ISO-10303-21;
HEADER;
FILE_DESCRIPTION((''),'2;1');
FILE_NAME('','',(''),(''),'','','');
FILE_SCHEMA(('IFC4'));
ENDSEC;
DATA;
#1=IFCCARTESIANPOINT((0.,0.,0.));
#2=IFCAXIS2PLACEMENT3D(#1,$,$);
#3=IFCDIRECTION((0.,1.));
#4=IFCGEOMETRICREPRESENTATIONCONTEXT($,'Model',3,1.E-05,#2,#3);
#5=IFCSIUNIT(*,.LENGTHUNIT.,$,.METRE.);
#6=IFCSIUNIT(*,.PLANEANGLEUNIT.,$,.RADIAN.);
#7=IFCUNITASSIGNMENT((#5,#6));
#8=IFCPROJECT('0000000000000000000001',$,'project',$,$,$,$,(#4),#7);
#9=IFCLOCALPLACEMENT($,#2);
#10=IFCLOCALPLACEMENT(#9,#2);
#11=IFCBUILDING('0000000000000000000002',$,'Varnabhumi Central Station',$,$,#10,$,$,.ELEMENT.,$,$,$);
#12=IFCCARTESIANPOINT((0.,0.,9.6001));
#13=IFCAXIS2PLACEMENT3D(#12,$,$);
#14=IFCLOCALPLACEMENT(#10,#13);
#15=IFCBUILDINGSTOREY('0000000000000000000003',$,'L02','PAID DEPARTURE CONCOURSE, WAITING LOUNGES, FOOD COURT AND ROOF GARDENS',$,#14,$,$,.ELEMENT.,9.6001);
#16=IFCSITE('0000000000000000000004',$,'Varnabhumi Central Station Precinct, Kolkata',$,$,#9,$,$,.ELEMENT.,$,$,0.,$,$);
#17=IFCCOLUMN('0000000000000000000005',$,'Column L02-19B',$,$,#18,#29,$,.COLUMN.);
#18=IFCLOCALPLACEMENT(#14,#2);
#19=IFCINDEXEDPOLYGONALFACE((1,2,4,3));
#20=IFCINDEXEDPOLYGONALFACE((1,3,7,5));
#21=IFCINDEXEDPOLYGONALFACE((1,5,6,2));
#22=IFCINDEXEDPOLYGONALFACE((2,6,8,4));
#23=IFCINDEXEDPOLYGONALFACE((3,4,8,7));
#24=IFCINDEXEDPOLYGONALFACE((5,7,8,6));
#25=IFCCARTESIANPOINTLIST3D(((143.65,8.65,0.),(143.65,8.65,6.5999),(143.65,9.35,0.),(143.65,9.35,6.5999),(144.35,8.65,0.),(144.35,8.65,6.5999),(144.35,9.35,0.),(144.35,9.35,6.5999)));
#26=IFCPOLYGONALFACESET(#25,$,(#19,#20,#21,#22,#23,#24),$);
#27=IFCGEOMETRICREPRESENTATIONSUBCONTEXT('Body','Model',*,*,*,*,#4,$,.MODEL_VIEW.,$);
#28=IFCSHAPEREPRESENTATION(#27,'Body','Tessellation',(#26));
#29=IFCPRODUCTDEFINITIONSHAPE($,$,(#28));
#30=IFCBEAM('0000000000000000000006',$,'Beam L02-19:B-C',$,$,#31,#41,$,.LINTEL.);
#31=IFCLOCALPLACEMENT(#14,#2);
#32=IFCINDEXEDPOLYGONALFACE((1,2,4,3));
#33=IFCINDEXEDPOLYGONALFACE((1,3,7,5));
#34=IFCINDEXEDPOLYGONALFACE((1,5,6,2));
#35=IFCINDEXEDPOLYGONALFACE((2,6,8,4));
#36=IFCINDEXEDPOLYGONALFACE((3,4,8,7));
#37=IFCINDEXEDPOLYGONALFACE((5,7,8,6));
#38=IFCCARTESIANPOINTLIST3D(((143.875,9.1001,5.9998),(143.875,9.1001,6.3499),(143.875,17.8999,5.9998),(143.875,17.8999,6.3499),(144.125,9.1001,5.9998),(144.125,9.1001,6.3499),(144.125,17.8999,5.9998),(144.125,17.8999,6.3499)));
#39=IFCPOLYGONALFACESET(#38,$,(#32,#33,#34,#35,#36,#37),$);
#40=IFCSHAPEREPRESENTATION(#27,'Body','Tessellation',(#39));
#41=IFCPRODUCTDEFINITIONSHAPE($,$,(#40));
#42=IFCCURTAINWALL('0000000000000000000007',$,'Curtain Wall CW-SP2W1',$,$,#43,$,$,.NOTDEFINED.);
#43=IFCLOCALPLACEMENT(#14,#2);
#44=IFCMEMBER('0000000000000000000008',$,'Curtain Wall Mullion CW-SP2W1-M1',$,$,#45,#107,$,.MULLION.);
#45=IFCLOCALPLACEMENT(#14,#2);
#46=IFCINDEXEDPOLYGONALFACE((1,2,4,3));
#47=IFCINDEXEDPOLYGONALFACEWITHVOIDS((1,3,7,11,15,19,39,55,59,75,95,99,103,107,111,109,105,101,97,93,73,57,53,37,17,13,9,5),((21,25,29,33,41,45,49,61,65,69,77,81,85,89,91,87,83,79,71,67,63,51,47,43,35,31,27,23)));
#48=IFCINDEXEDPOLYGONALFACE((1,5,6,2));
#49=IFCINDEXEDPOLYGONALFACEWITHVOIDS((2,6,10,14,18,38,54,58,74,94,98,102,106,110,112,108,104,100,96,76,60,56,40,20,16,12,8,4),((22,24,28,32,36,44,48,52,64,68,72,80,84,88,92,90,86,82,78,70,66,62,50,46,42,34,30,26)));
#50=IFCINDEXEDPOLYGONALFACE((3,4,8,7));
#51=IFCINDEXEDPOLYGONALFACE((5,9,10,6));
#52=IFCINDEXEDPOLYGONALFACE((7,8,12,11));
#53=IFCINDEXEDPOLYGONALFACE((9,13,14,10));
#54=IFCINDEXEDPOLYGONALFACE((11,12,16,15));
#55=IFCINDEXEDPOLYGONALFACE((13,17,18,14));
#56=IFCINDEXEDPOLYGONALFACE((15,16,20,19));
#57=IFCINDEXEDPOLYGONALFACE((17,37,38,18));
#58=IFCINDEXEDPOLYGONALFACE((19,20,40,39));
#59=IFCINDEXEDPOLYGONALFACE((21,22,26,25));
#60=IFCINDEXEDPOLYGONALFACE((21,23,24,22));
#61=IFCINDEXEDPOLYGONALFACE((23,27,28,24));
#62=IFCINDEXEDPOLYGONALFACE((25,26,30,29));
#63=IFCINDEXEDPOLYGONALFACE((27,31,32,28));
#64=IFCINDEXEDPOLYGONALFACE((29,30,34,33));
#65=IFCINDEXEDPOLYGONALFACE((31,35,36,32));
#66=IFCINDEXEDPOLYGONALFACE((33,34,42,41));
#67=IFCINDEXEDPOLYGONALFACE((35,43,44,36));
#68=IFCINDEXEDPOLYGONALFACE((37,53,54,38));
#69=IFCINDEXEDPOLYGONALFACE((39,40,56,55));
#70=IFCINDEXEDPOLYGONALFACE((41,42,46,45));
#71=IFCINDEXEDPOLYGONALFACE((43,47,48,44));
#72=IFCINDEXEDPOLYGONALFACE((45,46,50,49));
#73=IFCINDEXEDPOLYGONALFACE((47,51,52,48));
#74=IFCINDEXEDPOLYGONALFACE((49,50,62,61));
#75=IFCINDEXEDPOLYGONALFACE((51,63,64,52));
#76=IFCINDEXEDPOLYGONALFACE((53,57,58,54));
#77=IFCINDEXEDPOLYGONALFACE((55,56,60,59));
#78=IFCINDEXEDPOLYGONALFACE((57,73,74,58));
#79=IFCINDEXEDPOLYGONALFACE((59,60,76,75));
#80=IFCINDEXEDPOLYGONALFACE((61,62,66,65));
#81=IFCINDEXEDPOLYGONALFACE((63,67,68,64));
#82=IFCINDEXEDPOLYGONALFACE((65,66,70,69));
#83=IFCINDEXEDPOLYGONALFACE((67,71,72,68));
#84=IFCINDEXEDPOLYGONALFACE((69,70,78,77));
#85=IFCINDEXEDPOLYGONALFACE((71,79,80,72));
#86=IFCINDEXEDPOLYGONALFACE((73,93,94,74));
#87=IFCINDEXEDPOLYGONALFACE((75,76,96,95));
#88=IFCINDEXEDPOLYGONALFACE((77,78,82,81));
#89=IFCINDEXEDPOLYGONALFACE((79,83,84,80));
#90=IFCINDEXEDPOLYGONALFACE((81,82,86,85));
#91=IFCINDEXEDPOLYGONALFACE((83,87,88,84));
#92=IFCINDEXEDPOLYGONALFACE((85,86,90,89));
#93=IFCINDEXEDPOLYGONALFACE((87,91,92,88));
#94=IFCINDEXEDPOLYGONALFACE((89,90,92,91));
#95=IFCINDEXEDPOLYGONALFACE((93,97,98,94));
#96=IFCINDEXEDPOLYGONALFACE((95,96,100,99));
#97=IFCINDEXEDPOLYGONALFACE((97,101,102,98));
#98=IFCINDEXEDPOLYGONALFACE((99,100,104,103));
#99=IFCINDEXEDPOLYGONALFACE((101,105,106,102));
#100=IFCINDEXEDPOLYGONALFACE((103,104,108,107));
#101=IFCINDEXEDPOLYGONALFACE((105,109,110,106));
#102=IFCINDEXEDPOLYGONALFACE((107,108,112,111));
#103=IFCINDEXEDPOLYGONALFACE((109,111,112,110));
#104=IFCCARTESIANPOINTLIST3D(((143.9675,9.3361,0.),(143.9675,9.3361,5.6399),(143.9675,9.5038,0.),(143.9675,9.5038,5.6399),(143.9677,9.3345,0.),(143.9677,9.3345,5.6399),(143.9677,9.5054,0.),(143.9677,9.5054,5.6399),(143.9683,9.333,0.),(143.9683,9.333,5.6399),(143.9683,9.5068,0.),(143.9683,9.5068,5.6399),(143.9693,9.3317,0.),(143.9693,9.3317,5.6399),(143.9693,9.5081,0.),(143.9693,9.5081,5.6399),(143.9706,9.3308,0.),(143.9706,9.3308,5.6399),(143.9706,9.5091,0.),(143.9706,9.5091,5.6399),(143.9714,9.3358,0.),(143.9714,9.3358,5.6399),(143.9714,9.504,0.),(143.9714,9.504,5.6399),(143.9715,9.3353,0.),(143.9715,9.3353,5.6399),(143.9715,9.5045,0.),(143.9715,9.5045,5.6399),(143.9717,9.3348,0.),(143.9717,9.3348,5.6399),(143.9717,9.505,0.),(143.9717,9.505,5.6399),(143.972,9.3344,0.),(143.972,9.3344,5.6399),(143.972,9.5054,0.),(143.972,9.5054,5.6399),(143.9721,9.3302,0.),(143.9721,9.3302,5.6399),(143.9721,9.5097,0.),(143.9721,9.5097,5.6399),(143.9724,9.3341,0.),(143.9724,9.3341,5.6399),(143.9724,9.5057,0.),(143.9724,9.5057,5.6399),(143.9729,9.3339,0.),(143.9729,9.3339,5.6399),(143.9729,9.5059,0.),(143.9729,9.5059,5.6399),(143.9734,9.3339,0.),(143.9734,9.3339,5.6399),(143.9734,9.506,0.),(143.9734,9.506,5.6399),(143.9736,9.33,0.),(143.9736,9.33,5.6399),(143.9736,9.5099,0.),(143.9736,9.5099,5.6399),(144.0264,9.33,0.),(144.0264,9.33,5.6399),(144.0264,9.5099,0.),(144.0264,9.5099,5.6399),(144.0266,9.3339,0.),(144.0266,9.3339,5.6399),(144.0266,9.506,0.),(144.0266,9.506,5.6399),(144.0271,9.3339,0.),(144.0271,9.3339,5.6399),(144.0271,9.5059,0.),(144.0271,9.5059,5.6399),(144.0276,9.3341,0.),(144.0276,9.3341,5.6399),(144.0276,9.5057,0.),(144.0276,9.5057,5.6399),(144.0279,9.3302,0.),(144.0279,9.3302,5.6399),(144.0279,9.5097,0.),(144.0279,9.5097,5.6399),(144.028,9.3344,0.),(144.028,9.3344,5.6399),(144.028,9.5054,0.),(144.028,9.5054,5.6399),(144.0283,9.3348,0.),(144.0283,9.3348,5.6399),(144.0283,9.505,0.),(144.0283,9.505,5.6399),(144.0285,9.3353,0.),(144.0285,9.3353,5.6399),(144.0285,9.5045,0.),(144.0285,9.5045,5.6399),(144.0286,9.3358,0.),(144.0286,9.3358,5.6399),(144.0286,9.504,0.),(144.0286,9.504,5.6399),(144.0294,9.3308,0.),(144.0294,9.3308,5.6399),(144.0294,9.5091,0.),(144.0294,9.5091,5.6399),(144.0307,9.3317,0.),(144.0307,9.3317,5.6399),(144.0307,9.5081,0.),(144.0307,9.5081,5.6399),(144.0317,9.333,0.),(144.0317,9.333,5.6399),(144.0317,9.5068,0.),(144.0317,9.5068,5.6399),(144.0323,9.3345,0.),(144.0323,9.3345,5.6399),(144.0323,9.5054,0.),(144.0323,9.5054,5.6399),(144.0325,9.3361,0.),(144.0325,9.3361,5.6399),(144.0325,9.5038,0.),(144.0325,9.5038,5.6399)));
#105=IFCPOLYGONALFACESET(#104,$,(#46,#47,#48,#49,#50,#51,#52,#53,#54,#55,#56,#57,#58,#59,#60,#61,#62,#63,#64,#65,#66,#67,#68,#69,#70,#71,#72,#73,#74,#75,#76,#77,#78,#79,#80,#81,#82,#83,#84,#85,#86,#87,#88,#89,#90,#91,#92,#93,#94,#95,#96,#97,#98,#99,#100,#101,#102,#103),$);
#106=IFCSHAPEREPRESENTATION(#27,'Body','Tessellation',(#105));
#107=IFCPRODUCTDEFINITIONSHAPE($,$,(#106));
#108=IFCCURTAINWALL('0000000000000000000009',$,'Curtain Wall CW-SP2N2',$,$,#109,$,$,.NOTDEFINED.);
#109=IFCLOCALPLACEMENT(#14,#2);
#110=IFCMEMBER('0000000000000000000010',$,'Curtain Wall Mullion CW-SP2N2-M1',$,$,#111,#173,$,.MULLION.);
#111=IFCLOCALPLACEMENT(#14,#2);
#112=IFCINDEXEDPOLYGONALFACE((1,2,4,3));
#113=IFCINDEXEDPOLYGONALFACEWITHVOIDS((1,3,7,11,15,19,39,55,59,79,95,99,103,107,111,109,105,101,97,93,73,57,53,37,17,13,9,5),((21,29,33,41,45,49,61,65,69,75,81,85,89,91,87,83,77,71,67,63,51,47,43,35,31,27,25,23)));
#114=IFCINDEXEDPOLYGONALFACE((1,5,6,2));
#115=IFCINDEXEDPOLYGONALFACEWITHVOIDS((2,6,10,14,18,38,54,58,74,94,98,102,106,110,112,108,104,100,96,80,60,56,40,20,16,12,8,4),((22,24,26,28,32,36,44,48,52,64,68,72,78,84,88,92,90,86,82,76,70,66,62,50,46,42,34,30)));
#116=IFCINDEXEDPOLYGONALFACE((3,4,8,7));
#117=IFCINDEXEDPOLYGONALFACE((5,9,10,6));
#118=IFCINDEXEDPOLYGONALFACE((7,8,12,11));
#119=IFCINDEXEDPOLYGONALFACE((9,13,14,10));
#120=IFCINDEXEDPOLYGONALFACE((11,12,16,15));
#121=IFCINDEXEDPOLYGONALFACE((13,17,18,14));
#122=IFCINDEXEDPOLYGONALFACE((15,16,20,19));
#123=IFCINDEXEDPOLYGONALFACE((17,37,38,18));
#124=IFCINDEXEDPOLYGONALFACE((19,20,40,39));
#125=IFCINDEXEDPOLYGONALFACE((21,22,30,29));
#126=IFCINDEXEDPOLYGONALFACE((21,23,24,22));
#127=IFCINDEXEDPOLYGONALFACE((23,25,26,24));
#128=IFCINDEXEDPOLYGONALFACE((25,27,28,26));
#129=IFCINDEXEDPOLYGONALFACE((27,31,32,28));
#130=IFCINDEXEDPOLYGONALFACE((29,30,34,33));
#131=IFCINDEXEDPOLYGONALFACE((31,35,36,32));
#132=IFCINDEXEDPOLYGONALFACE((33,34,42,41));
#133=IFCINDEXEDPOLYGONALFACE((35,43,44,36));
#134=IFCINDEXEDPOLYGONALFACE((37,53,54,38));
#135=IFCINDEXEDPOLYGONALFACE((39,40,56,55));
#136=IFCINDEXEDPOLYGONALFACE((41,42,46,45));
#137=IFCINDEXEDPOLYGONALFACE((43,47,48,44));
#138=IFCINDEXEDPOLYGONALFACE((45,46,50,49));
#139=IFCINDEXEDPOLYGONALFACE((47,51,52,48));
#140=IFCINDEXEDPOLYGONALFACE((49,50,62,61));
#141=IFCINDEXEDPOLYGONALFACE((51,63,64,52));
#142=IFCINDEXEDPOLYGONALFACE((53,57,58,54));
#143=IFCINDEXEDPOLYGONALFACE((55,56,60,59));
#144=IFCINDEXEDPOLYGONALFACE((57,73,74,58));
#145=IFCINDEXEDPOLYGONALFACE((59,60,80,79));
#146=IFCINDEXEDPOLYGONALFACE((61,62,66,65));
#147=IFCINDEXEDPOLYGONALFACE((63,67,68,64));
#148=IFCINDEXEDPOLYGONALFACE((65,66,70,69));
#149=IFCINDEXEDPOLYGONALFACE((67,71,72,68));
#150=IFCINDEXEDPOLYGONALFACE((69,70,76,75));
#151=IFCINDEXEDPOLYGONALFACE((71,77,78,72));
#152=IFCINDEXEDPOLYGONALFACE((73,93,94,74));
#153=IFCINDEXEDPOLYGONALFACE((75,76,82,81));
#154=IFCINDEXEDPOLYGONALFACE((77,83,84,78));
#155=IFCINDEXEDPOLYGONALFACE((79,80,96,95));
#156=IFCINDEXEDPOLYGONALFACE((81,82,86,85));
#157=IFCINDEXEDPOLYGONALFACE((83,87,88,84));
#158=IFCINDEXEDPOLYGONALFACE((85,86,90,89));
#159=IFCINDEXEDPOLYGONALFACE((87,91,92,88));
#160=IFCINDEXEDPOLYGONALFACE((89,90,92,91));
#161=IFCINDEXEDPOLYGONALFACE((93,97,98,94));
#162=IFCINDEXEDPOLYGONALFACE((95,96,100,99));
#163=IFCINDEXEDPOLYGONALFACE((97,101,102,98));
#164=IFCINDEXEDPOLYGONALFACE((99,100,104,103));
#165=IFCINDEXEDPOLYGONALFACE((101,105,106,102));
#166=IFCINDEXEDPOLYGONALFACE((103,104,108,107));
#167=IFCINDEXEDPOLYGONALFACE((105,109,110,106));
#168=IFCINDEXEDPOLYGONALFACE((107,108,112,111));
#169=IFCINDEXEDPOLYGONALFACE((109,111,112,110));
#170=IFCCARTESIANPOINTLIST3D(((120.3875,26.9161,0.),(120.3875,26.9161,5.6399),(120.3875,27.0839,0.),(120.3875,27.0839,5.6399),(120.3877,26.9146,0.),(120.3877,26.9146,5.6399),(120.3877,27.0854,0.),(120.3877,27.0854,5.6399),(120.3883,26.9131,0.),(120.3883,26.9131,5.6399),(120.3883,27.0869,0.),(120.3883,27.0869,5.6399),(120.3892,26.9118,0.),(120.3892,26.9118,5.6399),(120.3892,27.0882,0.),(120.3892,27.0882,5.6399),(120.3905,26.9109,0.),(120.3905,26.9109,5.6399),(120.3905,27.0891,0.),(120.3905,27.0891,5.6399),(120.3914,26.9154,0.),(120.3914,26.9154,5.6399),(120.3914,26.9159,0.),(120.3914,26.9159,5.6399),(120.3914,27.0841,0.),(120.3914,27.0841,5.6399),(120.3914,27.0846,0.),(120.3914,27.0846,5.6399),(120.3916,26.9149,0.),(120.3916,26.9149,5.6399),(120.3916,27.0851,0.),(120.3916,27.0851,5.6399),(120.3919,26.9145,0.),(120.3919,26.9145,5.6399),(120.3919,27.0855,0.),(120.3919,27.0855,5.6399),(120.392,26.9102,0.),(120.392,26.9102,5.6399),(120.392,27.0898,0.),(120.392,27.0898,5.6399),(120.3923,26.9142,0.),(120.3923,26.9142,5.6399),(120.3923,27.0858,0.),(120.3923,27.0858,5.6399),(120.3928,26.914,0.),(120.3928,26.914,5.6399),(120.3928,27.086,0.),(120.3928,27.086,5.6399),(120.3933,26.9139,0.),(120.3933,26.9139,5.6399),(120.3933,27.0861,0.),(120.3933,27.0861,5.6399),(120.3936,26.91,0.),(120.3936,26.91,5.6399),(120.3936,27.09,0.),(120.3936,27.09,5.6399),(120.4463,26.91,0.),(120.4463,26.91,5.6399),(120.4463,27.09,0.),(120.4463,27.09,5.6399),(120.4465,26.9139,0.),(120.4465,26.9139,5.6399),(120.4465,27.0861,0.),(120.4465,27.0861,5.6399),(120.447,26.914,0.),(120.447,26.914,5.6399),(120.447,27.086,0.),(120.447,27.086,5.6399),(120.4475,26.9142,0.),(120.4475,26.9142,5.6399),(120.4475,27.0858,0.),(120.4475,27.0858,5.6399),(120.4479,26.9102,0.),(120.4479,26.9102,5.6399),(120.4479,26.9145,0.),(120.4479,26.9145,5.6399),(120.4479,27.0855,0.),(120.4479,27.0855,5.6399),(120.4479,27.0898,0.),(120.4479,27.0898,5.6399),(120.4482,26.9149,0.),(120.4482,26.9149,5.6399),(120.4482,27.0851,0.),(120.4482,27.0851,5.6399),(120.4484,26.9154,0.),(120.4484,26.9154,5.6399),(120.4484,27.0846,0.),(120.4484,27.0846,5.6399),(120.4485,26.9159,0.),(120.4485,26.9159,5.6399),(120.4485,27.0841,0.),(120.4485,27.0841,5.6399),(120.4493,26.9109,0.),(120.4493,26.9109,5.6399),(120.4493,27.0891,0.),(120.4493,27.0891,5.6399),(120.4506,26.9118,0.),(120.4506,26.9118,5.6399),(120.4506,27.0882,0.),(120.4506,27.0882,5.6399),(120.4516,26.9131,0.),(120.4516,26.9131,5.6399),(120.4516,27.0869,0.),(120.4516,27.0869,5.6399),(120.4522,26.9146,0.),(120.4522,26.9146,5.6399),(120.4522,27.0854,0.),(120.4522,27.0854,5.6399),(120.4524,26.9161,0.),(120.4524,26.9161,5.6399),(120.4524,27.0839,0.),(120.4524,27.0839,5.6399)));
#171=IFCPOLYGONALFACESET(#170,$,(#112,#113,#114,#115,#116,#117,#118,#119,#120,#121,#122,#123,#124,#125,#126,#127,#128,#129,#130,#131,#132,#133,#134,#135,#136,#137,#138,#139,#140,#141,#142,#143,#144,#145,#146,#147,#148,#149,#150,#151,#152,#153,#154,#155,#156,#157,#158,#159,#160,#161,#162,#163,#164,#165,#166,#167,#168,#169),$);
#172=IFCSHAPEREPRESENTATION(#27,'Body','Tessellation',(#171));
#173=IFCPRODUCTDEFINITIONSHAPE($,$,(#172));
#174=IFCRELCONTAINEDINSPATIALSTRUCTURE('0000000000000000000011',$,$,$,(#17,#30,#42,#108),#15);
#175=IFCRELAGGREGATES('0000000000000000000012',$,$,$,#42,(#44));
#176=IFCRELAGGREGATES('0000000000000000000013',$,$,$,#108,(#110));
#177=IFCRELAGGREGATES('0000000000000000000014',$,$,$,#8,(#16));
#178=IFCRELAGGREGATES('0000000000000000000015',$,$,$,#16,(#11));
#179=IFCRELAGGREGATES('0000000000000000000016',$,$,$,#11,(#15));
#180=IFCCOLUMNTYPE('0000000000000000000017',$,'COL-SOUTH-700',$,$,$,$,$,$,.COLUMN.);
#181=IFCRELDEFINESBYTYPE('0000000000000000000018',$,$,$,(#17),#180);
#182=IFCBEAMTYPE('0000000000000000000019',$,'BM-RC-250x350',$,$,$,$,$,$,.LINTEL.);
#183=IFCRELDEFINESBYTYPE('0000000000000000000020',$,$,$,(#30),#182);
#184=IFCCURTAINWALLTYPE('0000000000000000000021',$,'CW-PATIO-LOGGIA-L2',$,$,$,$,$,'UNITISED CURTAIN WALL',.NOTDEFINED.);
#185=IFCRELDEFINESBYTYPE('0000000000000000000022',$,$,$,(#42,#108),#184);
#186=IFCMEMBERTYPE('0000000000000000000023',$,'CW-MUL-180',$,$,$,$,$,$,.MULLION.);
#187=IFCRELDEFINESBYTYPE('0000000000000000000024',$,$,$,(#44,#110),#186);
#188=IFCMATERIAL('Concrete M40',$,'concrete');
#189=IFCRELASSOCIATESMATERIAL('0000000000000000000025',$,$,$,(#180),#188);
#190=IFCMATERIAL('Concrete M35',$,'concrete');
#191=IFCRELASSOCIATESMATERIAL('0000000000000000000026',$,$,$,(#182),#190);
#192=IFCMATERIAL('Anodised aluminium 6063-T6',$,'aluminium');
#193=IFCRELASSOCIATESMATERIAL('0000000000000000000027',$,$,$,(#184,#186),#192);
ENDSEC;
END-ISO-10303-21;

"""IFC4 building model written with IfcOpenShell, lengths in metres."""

from ifc_helpers import new_model, si_unit, direction, frame, origin, origin_2d, place, context, subcontext, project, spatial, rectangle, hollow_rectangle, extrude, material, material_profile, profile_set, type_object, element, aggregate, save


model = new_model("IFC4")

# Units and contexts
model_context = context("Model", 3, precision=1e-05, world=origin(), true_north=direction((0.0, 1.0)))
body_context = subcontext(model_context, "Body", "Model", "MODEL_VIEW")
ifc_project = project(units=[si_unit("LENGTHUNIT", "METRE"), si_unit("PLANEANGLEUNIT", "RADIAN")], contexts=[model_context])

# Site, building, storey
site_placement = place(None, origin())
site = spatial("IfcSite", under=ifc_project, at=site_placement, Name="Varnabhumi Central Station Precinct, Kolkata", CompositionType="ELEMENT", RefElevation=0.0)
building_placement = place(site_placement, origin())
building = spatial("IfcBuilding", under=site, at=building_placement, Name="Varnabhumi Central Station", CompositionType="ELEMENT")
storey_placement = place(building_placement, frame((0.0, 0.0, 9.6001)))
storey = spatial("IfcBuildingStorey", under=building, at=storey_placement, Name="L02", Description="PAID DEPARTURE CONCOURSE, WAITING LOUNGES, FOOD COURT AND ROOF GARDENS", CompositionType="ELEMENT", Elevation=9.6001)

# Column
ifc_material_1 = material(Name="Concrete M40", Category="concrete")
ifc_material_profile_1 = material_profile(ifc_material_1, rectangle(XDim=0.7, YDim=0.7, at=origin_2d()), Name="Concrete M40", Category="concrete")
ifc_profile_set_1 = profile_set([ifc_material_profile_1], Name="Concrete M40")
column_type = type_object("IfcColumnType", Name="COL-SOUTH-700", PredefinedType="COLUMN", material=ifc_profile_set_1)
column_placement = place(storey_placement, frame((144.0, 9.0, 0.0), z_axis=(0.0, 0.0, 1.0), x_axis=(1.0, 0.0, 0.0)))
element("IfcColumn", 1, at=column_placement, inside=storey, type_object=column_type, Name="Column L02-19B", PredefinedType="COLUMN", context=body_context, shape_type="SweptSolid", body=[
    extrude(rectangle(XDim=0.7, YDim=0.7, at=origin_2d()), origin(), (0.0, 0.0, 1.0), 6.5999),
])

# Beam
ifc_material_2 = material(Name="Concrete M35", Category="concrete")
ifc_material_profile_2 = material_profile(ifc_material_2, rectangle(XDim=0.25, YDim=0.3501, at=origin_2d()), Name="Concrete M35", Category="concrete")
ifc_profile_set_2 = profile_set([ifc_material_profile_2], Name="Concrete M35")
beam_type = type_object("IfcBeamType", Name="BM-RC-250x350", PredefinedType="LINTEL", material=ifc_profile_set_2)
beam_placement = place(storey_placement, frame((144.0, 9.1001, 6.1748), z_axis=(0.0, 1.0, 0.0), x_axis=(-1.0, 0.0, 0.0)))
element("IfcBeam", 2, at=beam_placement, inside=storey, type_object=beam_type, Name="Beam L02-19:B-C", PredefinedType="LINTEL", context=body_context, shape_type="SweptSolid", body=[
    extrude(rectangle(XDim=0.25, YDim=0.3501, at=origin_2d()), origin(), (0.0, 0.0, 1.0), 8.7998),
])

# Curtain walls, members
ifc_material_3 = material(Name="Anodised aluminium 6063-T6", Category="aluminium")
curtain_wall_type = type_object("IfcCurtainWallType", Name="CW-PATIO-LOGGIA-L2", ElementType="UNITISED CURTAIN WALL", PredefinedType="NOTDEFINED", material=ifc_material_3)
curtain_wall_1_placement = place(storey_placement, origin())
curtain_wall_1 = element("IfcCurtainWall", 3, at=curtain_wall_1_placement, inside=storey, type_object=curtain_wall_type, Name="Curtain Wall CW-SP2W1", PredefinedType="NOTDEFINED")
ifc_material_profile_3 = material_profile(ifc_material_3, hollow_rectangle(XDim=0.0649, YDim=0.1799, WallThickness=0.0039, InnerFilletRadius=0.002, OuterFilletRadius=0.0061, at=origin_2d()), Name="Anodised aluminium 6063-T6", Category="aluminium")
ifc_profile_set_3 = profile_set([ifc_material_profile_3], Name="Anodised aluminium 6063-T6")
member_type_1 = type_object("IfcMemberType", Name="CW-MUL-180", PredefinedType="MULLION", material=ifc_profile_set_3)
member_1_placement = place(storey_placement, frame((144.0, 9.4199, 0.0), z_axis=(0.0, 0.0, 1.0), x_axis=(1.0, 0.0, 0.0)))
member_1 = element("IfcMember", 4, at=member_1_placement, type_object=member_type_1, Name="Curtain Wall Mullion CW-SP2W1-M1", PredefinedType="MULLION", context=body_context, shape_type="SweptSolid", body=[
    extrude(hollow_rectangle(XDim=0.0649, YDim=0.1799, WallThickness=0.0039, InnerFilletRadius=0.002, OuterFilletRadius=0.0061, at=origin_2d()), origin(), (0.0, 0.0, 1.0), 5.6399),
])
curtain_wall_2_placement = place(storey_placement, origin())
curtain_wall_2 = element("IfcCurtainWall", 5, at=curtain_wall_2_placement, inside=storey, type_object=curtain_wall_type, Name="Curtain Wall CW-SP2N2", PredefinedType="NOTDEFINED")
member_2_placement = place(storey_placement, frame((120.4199, 27.0, 0.0), z_axis=(0.0, 0.0, 1.0), x_axis=(1.0, 0.0, 0.0)))
member_2 = element("IfcMember", 6, at=member_2_placement, type_object=member_type_1, Name="Curtain Wall Mullion CW-SP2N2-M1", PredefinedType="MULLION", context=body_context, shape_type="SweptSolid", body=[
    extrude(hollow_rectangle(XDim=0.0649, YDim=0.1799, WallThickness=0.0039, InnerFilletRadius=0.002, OuterFilletRadius=0.0061, at=origin_2d()), origin(), (0.0, 0.0, 1.0), 5.6399),
])

aggregate(curtain_wall_1, [member_1])
aggregate(curtain_wall_2, [member_2])

save(model, "model.ifc")
